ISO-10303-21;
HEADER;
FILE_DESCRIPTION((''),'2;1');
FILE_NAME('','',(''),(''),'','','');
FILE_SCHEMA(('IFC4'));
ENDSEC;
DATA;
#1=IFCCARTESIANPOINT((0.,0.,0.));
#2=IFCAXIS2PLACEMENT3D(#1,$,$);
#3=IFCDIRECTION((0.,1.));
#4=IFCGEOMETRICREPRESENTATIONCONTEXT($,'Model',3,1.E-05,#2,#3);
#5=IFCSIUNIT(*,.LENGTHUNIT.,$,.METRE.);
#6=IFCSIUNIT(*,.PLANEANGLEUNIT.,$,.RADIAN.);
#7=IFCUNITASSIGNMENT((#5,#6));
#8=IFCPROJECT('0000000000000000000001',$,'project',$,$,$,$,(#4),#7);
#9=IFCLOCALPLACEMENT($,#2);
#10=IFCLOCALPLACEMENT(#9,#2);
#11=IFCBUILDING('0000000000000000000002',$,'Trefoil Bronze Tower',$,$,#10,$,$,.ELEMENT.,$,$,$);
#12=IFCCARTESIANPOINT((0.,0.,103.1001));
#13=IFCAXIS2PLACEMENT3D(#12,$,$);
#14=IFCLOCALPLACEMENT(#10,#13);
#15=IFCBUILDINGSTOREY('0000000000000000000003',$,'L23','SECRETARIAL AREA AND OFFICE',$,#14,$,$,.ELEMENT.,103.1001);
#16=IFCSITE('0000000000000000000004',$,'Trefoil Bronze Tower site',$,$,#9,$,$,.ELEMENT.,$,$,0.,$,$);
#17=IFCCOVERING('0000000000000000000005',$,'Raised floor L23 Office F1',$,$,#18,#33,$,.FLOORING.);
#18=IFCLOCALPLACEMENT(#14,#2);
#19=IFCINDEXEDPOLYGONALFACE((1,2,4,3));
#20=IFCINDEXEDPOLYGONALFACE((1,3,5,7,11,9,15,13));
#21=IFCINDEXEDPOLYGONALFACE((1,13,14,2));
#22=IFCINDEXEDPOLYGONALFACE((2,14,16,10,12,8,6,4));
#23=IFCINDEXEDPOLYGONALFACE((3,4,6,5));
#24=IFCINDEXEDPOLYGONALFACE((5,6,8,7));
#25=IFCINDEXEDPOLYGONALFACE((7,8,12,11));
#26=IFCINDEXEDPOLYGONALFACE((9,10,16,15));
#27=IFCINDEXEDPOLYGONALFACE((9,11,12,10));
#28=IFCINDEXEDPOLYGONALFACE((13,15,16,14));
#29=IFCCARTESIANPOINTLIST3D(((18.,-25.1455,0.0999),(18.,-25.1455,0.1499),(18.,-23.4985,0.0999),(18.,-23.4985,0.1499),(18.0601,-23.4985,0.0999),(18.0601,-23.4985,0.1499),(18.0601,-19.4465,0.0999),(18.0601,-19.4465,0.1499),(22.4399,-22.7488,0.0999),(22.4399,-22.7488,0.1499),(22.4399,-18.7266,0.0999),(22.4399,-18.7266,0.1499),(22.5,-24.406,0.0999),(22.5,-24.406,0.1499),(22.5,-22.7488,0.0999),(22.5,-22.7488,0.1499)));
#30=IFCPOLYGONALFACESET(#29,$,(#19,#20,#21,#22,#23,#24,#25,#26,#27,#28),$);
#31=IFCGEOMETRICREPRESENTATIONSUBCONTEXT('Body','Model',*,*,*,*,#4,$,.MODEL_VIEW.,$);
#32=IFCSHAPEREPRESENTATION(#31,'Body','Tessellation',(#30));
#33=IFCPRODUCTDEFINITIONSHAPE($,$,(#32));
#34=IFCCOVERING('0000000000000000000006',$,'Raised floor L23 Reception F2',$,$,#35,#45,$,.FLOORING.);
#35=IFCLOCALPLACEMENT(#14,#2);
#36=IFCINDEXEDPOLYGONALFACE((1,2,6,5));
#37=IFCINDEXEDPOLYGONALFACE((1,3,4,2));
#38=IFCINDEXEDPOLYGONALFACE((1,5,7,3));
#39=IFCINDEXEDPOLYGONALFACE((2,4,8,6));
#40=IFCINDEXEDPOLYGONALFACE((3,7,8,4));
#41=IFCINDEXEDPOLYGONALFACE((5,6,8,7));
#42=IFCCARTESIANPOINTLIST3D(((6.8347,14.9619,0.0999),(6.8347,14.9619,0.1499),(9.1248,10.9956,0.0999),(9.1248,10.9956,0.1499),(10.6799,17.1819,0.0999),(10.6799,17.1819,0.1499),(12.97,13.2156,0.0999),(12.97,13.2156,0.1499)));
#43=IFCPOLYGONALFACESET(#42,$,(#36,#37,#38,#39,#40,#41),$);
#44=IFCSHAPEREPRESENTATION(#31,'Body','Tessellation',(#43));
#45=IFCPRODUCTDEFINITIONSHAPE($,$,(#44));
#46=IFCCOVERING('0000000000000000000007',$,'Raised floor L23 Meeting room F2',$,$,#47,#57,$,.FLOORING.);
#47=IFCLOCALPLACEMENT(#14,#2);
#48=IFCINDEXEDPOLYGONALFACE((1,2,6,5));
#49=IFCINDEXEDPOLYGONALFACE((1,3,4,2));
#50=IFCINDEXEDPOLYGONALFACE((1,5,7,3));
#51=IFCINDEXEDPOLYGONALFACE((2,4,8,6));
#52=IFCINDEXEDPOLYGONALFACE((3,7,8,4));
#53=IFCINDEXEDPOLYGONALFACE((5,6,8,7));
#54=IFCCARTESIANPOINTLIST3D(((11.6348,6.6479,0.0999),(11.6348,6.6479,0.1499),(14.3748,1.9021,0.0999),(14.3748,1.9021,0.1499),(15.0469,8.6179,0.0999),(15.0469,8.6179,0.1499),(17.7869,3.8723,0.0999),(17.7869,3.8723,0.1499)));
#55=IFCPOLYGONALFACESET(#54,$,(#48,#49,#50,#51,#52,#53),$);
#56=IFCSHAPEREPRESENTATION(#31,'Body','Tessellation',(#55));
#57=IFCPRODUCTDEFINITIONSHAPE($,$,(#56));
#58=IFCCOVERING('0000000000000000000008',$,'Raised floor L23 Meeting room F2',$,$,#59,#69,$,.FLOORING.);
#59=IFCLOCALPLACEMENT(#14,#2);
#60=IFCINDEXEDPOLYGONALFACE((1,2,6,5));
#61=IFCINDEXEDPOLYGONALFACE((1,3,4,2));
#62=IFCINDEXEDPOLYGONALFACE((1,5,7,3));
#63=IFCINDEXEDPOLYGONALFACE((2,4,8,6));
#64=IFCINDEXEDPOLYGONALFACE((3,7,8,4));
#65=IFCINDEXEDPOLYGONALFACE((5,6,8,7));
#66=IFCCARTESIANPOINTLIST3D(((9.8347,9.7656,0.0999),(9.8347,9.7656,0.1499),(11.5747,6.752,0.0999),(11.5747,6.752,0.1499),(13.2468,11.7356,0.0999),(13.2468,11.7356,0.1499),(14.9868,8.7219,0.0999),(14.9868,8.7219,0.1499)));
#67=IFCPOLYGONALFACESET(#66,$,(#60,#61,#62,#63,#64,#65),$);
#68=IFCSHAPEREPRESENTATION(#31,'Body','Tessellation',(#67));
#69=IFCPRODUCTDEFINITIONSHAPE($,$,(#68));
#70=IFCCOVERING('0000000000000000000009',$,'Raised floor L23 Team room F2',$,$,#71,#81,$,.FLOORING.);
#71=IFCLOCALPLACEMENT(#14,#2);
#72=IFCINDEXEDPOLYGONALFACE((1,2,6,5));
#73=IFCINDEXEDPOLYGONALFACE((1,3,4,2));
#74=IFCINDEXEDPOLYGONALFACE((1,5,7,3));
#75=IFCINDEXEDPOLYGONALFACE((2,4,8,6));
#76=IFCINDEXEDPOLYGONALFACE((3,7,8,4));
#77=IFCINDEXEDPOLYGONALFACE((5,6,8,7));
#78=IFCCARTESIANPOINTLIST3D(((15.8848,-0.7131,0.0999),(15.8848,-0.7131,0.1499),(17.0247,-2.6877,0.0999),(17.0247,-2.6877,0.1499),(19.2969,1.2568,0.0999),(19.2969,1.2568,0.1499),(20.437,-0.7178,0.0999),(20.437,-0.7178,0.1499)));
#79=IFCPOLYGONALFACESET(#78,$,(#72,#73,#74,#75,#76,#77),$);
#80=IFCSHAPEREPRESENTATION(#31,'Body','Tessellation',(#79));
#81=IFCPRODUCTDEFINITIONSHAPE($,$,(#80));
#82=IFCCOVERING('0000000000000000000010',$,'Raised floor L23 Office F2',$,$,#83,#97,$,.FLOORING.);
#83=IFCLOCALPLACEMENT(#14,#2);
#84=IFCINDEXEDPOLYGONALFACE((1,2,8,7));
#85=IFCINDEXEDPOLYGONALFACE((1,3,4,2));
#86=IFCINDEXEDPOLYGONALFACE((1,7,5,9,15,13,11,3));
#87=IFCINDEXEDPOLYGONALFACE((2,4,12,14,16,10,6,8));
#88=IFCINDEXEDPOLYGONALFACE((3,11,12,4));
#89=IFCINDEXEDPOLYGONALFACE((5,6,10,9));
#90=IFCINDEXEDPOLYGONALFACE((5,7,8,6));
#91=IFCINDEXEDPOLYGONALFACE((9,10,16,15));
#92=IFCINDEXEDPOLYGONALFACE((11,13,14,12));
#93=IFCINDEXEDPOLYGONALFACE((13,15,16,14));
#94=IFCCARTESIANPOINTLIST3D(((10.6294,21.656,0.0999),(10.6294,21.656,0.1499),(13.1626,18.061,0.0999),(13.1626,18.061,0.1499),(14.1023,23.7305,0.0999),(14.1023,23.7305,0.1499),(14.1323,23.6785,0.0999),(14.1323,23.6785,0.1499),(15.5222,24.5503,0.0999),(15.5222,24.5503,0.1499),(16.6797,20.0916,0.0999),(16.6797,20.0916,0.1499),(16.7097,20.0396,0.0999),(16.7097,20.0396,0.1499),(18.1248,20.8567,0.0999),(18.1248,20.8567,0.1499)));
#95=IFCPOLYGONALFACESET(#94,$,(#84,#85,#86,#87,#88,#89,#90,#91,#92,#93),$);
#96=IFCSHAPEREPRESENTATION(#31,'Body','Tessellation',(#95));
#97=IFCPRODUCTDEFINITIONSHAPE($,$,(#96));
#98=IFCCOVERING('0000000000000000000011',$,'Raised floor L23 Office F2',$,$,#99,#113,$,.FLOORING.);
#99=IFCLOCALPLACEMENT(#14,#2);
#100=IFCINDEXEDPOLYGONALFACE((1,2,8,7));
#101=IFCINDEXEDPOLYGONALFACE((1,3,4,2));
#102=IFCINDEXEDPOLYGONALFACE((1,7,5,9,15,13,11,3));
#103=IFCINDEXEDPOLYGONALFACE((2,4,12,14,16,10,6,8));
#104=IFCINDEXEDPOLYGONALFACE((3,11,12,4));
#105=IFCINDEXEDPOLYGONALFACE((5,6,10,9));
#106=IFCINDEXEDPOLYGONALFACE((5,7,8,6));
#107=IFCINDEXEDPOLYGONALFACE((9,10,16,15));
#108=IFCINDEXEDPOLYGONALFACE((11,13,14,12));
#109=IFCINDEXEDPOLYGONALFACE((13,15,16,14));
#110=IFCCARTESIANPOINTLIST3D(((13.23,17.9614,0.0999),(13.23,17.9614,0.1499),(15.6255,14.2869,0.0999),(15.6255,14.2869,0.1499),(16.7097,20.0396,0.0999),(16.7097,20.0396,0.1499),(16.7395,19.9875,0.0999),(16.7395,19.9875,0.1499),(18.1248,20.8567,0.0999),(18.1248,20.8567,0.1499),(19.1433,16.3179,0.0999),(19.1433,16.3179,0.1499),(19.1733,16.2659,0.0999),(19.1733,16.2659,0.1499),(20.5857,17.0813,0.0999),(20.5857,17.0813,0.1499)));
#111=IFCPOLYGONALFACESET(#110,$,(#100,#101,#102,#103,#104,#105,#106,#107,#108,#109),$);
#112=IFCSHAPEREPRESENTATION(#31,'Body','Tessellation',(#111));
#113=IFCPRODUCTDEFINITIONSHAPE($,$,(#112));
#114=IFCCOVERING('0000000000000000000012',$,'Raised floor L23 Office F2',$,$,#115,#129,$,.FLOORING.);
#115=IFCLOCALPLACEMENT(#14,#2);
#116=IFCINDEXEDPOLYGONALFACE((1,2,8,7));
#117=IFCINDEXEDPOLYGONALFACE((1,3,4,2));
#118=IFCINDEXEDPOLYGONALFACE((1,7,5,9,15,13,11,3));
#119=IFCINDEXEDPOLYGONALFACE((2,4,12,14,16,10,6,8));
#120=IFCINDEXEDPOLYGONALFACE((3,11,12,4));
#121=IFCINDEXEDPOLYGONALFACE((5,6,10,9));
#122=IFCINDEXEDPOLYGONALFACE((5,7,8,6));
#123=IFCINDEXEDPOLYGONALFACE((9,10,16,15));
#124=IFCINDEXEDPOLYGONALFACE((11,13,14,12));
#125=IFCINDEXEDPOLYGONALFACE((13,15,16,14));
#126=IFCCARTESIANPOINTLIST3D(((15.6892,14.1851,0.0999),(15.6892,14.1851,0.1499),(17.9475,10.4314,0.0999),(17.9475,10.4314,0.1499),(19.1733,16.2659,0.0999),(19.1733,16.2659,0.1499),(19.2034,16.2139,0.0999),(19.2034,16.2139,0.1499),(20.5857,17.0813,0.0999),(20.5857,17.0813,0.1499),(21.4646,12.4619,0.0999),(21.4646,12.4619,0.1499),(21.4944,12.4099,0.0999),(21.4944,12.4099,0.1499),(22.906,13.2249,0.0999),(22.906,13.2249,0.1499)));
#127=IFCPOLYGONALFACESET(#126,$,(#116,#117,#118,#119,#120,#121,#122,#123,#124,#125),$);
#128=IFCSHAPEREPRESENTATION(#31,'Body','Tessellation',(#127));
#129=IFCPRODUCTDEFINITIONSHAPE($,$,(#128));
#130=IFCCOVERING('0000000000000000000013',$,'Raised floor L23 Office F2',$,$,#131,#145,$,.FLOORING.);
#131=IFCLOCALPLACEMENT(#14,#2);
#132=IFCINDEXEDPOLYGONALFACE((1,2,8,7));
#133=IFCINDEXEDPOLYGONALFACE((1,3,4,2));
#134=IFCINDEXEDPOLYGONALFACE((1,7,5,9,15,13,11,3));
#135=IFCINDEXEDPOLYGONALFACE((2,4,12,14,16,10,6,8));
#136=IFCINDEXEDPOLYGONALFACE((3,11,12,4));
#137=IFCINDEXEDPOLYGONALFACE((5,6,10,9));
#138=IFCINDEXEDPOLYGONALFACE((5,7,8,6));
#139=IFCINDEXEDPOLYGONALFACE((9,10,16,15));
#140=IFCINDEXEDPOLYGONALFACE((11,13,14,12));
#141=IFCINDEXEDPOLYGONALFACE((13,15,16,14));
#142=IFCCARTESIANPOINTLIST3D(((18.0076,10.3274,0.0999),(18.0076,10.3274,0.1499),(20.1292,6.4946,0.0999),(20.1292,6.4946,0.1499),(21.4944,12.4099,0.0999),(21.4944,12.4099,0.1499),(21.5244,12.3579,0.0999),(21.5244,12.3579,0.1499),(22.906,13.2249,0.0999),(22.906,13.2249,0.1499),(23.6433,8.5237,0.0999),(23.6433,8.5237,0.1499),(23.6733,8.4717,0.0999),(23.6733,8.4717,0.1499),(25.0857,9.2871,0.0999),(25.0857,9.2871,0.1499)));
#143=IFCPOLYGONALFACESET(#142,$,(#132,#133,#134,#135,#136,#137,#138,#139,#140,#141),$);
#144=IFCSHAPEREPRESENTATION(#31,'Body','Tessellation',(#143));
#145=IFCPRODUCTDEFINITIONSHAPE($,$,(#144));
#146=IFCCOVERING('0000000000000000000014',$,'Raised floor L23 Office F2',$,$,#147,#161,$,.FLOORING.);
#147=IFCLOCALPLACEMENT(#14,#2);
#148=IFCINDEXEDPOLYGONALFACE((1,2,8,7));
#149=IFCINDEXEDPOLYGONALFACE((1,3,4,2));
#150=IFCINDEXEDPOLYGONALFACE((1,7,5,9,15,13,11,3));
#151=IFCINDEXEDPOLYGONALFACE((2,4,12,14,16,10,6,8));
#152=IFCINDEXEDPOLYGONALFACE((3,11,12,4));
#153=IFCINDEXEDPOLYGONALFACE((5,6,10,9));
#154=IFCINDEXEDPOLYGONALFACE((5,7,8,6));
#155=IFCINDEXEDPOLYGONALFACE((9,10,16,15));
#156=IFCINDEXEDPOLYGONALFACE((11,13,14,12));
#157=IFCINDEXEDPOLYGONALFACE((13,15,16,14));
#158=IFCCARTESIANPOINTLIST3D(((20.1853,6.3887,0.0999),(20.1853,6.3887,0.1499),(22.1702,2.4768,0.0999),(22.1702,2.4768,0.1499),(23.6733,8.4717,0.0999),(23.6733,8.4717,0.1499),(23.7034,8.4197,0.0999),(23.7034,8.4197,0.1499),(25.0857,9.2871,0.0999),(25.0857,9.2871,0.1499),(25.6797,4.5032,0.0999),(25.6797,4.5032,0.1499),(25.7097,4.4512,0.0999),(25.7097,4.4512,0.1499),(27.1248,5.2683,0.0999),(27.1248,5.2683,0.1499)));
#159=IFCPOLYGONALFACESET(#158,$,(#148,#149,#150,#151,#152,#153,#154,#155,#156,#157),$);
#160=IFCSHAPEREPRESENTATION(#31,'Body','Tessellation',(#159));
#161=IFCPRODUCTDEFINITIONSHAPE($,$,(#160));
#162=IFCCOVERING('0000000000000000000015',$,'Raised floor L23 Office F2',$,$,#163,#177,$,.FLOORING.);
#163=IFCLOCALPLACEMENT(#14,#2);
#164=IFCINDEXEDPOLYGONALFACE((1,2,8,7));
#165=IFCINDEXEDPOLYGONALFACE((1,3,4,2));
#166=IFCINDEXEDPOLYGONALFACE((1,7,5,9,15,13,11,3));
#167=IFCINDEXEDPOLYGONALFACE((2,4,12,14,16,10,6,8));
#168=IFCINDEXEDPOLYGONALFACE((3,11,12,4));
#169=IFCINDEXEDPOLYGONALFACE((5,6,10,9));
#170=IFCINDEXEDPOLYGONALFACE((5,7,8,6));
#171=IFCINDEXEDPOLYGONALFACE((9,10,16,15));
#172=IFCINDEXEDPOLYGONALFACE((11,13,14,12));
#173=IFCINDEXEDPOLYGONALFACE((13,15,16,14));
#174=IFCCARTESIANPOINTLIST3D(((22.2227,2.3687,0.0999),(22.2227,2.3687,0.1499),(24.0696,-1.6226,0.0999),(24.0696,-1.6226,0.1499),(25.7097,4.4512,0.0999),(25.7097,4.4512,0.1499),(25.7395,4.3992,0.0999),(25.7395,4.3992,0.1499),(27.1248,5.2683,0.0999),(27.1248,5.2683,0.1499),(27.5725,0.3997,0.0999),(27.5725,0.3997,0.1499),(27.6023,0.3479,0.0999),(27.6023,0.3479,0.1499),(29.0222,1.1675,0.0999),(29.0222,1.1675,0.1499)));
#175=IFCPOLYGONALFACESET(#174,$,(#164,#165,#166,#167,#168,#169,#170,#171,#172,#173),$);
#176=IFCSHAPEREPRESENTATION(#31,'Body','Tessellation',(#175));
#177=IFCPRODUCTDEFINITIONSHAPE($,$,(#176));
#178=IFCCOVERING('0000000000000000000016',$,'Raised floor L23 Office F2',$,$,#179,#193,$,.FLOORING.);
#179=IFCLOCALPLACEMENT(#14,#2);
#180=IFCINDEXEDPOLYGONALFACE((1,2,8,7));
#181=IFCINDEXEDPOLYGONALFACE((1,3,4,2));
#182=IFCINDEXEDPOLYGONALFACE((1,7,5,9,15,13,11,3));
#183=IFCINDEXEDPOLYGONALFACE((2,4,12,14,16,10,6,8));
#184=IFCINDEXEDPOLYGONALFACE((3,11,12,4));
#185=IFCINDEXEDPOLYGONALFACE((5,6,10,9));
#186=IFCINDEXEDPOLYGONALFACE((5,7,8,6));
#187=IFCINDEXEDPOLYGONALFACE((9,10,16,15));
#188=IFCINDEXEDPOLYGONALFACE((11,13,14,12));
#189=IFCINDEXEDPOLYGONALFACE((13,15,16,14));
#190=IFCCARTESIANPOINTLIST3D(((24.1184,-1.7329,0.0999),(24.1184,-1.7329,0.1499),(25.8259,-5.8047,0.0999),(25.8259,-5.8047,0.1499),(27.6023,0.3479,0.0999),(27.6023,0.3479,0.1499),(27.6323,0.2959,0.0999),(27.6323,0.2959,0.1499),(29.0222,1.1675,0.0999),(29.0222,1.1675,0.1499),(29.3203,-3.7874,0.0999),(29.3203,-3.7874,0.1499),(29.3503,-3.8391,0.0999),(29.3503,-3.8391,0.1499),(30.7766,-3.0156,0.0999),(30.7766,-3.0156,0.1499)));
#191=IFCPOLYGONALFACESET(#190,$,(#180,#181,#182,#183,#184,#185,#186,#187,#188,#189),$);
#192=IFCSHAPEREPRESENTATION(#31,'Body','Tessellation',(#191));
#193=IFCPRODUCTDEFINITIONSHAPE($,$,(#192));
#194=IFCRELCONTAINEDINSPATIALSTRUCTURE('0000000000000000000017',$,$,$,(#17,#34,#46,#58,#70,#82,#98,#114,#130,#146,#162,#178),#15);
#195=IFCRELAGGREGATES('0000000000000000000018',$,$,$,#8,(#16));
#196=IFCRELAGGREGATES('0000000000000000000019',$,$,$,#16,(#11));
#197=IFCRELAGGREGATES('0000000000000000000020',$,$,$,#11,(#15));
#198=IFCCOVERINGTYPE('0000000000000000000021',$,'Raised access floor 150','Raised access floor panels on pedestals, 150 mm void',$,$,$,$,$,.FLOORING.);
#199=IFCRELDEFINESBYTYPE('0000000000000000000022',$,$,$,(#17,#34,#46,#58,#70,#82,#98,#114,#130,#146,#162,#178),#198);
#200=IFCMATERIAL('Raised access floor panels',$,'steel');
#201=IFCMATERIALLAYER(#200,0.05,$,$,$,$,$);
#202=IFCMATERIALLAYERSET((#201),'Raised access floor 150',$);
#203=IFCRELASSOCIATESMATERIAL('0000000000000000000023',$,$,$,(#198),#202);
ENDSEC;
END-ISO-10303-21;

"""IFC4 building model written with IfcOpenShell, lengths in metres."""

from ifc_helpers import new_model, si_unit, direction, frame, origin, place, context, subcontext, project, spatial, polyline, outline, extrude, material, layer, layer_set, type_object, element, save


model = new_model("IFC4")

# Units and contexts
model_context = context("Model", 3, precision=1e-05, world=origin(), true_north=direction((0.0, 1.0)))
body_context = subcontext(model_context, "Body", "Model", "MODEL_VIEW")
ifc_project = project(units=[si_unit("LENGTHUNIT", "METRE"), si_unit("PLANEANGLEUNIT", "RADIAN")], contexts=[model_context])

# Site, building, storey
site_placement = place(None, origin())
site = spatial("IfcSite", under=ifc_project, at=site_placement, Name="Trefoil Bronze Tower site", CompositionType="ELEMENT", RefElevation=0.0)
building_placement = place(site_placement, origin())
building = spatial("IfcBuilding", under=site, at=building_placement, Name="Trefoil Bronze Tower", CompositionType="ELEMENT")
storey_placement = place(building_placement, frame((0.0, 0.0, 103.1001)))
storey = spatial("IfcBuildingStorey", under=building, at=storey_placement, Name="L23", Description="SECRETARIAL AREA AND OFFICE", CompositionType="ELEMENT", Elevation=103.1001)

# Coverings
ifc_material_1 = material(Name="Raised access floor panels", Category="steel")
ifc_layer_1 = layer(ifc_material_1, 0.05)
ifc_layer_set_1 = layer_set([ifc_layer_1], Name="Raised access floor 150")
covering_type_1 = type_object("IfcCoveringType", Name="Raised access floor 150", Description="Raised access floor panels on pedestals, 150 mm void", PredefinedType="FLOORING", material=ifc_layer_set_1)
covering_1_placement = place(storey_placement, frame((0.0, 0.0, 0.0999)))
element("IfcCovering", 1, at=covering_1_placement, inside=storey, type_object=covering_type_1, Name="Raised floor L23 Office F1", PredefinedType="FLOORING", context=body_context, shape_type="SweptSolid", body=[
    extrude(outline(polyline([(22.5, -24.406), (18.0, -25.1455), (18.0, -23.4985), (18.0601, -23.4985), (18.0601, -19.4465), (22.4399, -18.7266), (22.4399, -22.7488), (22.5, -22.7488), (22.5, -24.406)])), origin(), (0.0, 0.0, 1.0), 0.05),
])
covering_2_placement = place(storey_placement, frame((0.0, 0.0, 0.0999)))
element("IfcCovering", 2, at=covering_2_placement, inside=storey, type_object=covering_type_1, Name="Raised floor L23 Reception F2", PredefinedType="FLOORING", context=body_context, shape_type="SweptSolid", body=[
    extrude(outline(polyline([(6.8347, 14.9619), (10.6799, 17.1819), (12.97, 13.2156), (9.1248, 10.9956), (6.8347, 14.9619)])), origin(), (0.0, 0.0, 1.0), 0.05),
])
covering_3_placement = place(storey_placement, frame((0.0, 0.0, 0.0999)))
element("IfcCovering", 3, at=covering_3_placement, inside=storey, type_object=covering_type_1, Name="Raised floor L23 Meeting room F2", PredefinedType="FLOORING", context=body_context, shape_type="SweptSolid", body=[
    extrude(outline(polyline([(11.6348, 6.6479), (15.0469, 8.6179), (17.7869, 3.8723), (14.3748, 1.9021), (11.6348, 6.6479)])), origin(), (0.0, 0.0, 1.0), 0.05),
])
covering_4_placement = place(storey_placement, frame((0.0, 0.0, 0.0999)))
element("IfcCovering", 4, at=covering_4_placement, inside=storey, type_object=covering_type_1, Name="Raised floor L23 Meeting room F2", PredefinedType="FLOORING", context=body_context, shape_type="SweptSolid", body=[
    extrude(outline(polyline([(9.8347, 9.7656), (13.2468, 11.7356), (14.9868, 8.7219), (11.5747, 6.752), (9.8347, 9.7656)])), origin(), (0.0, 0.0, 1.0), 0.05),
])
covering_5_placement = place(storey_placement, frame((0.0, 0.0, 0.0999)))
element("IfcCovering", 5, at=covering_5_placement, inside=storey, type_object=covering_type_1, Name="Raised floor L23 Team room F2", PredefinedType="FLOORING", context=body_context, shape_type="SweptSolid", body=[
    extrude(outline(polyline([(15.8848, -0.7131), (19.2969, 1.2568), (20.437, -0.7178), (17.0247, -2.6877), (15.8848, -0.7131)])), origin(), (0.0, 0.0, 1.0), 0.05),
])
covering_6_placement = place(storey_placement, frame((0.0, 0.0, 0.0999)))
element("IfcCovering", 6, at=covering_6_placement, inside=storey, type_object=covering_type_1, Name="Raised floor L23 Office F2", PredefinedType="FLOORING", context=body_context, shape_type="SweptSolid", body=[
    extrude(outline(polyline([(18.1248, 20.8567), (16.7097, 20.0396), (16.6797, 20.0916), (13.1626, 18.061), (10.6294, 21.656), (14.1323, 23.6785), (14.1023, 23.7305), (15.5222, 24.5503), (18.1248, 20.8567)])), origin(), (0.0, 0.0, 1.0), 0.05),
])
covering_7_placement = place(storey_placement, frame((0.0, 0.0, 0.0999)))
element("IfcCovering", 7, at=covering_7_placement, inside=storey, type_object=covering_type_1, Name="Raised floor L23 Office F2", PredefinedType="FLOORING", context=body_context, shape_type="SweptSolid", body=[
    extrude(outline(polyline([(20.5857, 17.0813), (19.1733, 16.2659), (19.1433, 16.3179), (15.6255, 14.2869), (13.23, 17.9614), (16.7395, 19.9875), (16.7097, 20.0396), (18.1248, 20.8567), (20.5857, 17.0813)])), origin(), (0.0, 0.0, 1.0), 0.05),
])
covering_8_placement = place(storey_placement, frame((0.0, 0.0, 0.0999)))
element("IfcCovering", 8, at=covering_8_placement, inside=storey, type_object=covering_type_1, Name="Raised floor L23 Office F2", PredefinedType="FLOORING", context=body_context, shape_type="SweptSolid", body=[
    extrude(outline(polyline([(20.5857, 17.0813), (22.906, 13.2249), (21.4944, 12.4099), (21.4646, 12.4619), (17.9475, 10.4314), (15.6892, 14.1851), (19.2034, 16.2139), (19.1733, 16.2659), (20.5857, 17.0813)])), origin(), (0.0, 0.0, 1.0), 0.05),
])
covering_9_placement = place(storey_placement, frame((0.0, 0.0, 0.0999)))
element("IfcCovering", 9, at=covering_9_placement, inside=storey, type_object=covering_type_1, Name="Raised floor L23 Office F2", PredefinedType="FLOORING", context=body_context, shape_type="SweptSolid", body=[
    extrude(outline(polyline([(22.906, 13.2249), (25.0857, 9.2871), (23.6733, 8.4717), (23.6433, 8.5237), (20.1292, 6.4946), (18.0076, 10.3274), (21.5244, 12.3579), (21.4944, 12.4099), (22.906, 13.2249)])), origin(), (0.0, 0.0, 1.0), 0.05),
])
covering_10_placement = place(storey_placement, frame((0.0, 0.0, 0.0999)))
element("IfcCovering", 10, at=covering_10_placement, inside=storey, type_object=covering_type_1, Name="Raised floor L23 Office F2", PredefinedType="FLOORING", context=body_context, shape_type="SweptSolid", body=[
    extrude(outline(polyline([(25.0857, 9.2871), (27.1248, 5.2683), (25.7097, 4.4512), (25.6797, 4.5032), (22.1702, 2.4768), (20.1853, 6.3887), (23.7034, 8.4197), (23.6733, 8.4717), (25.0857, 9.2871)])), origin(), (0.0, 0.0, 1.0), 0.05),
])
covering_11_placement = place(storey_placement, frame((0.0, 0.0, 0.0999)))
element("IfcCovering", 11, at=covering_11_placement, inside=storey, type_object=covering_type_1, Name="Raised floor L23 Office F2", PredefinedType="FLOORING", context=body_context, shape_type="SweptSolid", body=[
    extrude(outline(polyline([(27.1248, 5.2683), (29.0222, 1.1675), (27.6023, 0.3479), (27.5725, 0.3997), (24.0696, -1.6226), (22.2227, 2.3687), (25.7395, 4.3992), (25.7097, 4.4512), (27.1248, 5.2683)])), origin(), (0.0, 0.0, 1.0), 0.05),
])
covering_12_placement = place(storey_placement, frame((0.0, 0.0, 0.0999)))
element("IfcCovering", 12, at=covering_12_placement, inside=storey, type_object=covering_type_1, Name="Raised floor L23 Office F2", PredefinedType="FLOORING", context=body_context, shape_type="SweptSolid", body=[
    extrude(outline(polyline([(29.0222, 1.1675), (30.7766, -3.0156), (29.3503, -3.8391), (29.3203, -3.7874), (25.8259, -5.8047), (24.1184, -1.7329), (27.6323, 0.2959), (27.6023, 0.3479), (29.0222, 1.1675)])), origin(), (0.0, 0.0, 1.0), 0.05),
])

save(model, "model.ifc")
